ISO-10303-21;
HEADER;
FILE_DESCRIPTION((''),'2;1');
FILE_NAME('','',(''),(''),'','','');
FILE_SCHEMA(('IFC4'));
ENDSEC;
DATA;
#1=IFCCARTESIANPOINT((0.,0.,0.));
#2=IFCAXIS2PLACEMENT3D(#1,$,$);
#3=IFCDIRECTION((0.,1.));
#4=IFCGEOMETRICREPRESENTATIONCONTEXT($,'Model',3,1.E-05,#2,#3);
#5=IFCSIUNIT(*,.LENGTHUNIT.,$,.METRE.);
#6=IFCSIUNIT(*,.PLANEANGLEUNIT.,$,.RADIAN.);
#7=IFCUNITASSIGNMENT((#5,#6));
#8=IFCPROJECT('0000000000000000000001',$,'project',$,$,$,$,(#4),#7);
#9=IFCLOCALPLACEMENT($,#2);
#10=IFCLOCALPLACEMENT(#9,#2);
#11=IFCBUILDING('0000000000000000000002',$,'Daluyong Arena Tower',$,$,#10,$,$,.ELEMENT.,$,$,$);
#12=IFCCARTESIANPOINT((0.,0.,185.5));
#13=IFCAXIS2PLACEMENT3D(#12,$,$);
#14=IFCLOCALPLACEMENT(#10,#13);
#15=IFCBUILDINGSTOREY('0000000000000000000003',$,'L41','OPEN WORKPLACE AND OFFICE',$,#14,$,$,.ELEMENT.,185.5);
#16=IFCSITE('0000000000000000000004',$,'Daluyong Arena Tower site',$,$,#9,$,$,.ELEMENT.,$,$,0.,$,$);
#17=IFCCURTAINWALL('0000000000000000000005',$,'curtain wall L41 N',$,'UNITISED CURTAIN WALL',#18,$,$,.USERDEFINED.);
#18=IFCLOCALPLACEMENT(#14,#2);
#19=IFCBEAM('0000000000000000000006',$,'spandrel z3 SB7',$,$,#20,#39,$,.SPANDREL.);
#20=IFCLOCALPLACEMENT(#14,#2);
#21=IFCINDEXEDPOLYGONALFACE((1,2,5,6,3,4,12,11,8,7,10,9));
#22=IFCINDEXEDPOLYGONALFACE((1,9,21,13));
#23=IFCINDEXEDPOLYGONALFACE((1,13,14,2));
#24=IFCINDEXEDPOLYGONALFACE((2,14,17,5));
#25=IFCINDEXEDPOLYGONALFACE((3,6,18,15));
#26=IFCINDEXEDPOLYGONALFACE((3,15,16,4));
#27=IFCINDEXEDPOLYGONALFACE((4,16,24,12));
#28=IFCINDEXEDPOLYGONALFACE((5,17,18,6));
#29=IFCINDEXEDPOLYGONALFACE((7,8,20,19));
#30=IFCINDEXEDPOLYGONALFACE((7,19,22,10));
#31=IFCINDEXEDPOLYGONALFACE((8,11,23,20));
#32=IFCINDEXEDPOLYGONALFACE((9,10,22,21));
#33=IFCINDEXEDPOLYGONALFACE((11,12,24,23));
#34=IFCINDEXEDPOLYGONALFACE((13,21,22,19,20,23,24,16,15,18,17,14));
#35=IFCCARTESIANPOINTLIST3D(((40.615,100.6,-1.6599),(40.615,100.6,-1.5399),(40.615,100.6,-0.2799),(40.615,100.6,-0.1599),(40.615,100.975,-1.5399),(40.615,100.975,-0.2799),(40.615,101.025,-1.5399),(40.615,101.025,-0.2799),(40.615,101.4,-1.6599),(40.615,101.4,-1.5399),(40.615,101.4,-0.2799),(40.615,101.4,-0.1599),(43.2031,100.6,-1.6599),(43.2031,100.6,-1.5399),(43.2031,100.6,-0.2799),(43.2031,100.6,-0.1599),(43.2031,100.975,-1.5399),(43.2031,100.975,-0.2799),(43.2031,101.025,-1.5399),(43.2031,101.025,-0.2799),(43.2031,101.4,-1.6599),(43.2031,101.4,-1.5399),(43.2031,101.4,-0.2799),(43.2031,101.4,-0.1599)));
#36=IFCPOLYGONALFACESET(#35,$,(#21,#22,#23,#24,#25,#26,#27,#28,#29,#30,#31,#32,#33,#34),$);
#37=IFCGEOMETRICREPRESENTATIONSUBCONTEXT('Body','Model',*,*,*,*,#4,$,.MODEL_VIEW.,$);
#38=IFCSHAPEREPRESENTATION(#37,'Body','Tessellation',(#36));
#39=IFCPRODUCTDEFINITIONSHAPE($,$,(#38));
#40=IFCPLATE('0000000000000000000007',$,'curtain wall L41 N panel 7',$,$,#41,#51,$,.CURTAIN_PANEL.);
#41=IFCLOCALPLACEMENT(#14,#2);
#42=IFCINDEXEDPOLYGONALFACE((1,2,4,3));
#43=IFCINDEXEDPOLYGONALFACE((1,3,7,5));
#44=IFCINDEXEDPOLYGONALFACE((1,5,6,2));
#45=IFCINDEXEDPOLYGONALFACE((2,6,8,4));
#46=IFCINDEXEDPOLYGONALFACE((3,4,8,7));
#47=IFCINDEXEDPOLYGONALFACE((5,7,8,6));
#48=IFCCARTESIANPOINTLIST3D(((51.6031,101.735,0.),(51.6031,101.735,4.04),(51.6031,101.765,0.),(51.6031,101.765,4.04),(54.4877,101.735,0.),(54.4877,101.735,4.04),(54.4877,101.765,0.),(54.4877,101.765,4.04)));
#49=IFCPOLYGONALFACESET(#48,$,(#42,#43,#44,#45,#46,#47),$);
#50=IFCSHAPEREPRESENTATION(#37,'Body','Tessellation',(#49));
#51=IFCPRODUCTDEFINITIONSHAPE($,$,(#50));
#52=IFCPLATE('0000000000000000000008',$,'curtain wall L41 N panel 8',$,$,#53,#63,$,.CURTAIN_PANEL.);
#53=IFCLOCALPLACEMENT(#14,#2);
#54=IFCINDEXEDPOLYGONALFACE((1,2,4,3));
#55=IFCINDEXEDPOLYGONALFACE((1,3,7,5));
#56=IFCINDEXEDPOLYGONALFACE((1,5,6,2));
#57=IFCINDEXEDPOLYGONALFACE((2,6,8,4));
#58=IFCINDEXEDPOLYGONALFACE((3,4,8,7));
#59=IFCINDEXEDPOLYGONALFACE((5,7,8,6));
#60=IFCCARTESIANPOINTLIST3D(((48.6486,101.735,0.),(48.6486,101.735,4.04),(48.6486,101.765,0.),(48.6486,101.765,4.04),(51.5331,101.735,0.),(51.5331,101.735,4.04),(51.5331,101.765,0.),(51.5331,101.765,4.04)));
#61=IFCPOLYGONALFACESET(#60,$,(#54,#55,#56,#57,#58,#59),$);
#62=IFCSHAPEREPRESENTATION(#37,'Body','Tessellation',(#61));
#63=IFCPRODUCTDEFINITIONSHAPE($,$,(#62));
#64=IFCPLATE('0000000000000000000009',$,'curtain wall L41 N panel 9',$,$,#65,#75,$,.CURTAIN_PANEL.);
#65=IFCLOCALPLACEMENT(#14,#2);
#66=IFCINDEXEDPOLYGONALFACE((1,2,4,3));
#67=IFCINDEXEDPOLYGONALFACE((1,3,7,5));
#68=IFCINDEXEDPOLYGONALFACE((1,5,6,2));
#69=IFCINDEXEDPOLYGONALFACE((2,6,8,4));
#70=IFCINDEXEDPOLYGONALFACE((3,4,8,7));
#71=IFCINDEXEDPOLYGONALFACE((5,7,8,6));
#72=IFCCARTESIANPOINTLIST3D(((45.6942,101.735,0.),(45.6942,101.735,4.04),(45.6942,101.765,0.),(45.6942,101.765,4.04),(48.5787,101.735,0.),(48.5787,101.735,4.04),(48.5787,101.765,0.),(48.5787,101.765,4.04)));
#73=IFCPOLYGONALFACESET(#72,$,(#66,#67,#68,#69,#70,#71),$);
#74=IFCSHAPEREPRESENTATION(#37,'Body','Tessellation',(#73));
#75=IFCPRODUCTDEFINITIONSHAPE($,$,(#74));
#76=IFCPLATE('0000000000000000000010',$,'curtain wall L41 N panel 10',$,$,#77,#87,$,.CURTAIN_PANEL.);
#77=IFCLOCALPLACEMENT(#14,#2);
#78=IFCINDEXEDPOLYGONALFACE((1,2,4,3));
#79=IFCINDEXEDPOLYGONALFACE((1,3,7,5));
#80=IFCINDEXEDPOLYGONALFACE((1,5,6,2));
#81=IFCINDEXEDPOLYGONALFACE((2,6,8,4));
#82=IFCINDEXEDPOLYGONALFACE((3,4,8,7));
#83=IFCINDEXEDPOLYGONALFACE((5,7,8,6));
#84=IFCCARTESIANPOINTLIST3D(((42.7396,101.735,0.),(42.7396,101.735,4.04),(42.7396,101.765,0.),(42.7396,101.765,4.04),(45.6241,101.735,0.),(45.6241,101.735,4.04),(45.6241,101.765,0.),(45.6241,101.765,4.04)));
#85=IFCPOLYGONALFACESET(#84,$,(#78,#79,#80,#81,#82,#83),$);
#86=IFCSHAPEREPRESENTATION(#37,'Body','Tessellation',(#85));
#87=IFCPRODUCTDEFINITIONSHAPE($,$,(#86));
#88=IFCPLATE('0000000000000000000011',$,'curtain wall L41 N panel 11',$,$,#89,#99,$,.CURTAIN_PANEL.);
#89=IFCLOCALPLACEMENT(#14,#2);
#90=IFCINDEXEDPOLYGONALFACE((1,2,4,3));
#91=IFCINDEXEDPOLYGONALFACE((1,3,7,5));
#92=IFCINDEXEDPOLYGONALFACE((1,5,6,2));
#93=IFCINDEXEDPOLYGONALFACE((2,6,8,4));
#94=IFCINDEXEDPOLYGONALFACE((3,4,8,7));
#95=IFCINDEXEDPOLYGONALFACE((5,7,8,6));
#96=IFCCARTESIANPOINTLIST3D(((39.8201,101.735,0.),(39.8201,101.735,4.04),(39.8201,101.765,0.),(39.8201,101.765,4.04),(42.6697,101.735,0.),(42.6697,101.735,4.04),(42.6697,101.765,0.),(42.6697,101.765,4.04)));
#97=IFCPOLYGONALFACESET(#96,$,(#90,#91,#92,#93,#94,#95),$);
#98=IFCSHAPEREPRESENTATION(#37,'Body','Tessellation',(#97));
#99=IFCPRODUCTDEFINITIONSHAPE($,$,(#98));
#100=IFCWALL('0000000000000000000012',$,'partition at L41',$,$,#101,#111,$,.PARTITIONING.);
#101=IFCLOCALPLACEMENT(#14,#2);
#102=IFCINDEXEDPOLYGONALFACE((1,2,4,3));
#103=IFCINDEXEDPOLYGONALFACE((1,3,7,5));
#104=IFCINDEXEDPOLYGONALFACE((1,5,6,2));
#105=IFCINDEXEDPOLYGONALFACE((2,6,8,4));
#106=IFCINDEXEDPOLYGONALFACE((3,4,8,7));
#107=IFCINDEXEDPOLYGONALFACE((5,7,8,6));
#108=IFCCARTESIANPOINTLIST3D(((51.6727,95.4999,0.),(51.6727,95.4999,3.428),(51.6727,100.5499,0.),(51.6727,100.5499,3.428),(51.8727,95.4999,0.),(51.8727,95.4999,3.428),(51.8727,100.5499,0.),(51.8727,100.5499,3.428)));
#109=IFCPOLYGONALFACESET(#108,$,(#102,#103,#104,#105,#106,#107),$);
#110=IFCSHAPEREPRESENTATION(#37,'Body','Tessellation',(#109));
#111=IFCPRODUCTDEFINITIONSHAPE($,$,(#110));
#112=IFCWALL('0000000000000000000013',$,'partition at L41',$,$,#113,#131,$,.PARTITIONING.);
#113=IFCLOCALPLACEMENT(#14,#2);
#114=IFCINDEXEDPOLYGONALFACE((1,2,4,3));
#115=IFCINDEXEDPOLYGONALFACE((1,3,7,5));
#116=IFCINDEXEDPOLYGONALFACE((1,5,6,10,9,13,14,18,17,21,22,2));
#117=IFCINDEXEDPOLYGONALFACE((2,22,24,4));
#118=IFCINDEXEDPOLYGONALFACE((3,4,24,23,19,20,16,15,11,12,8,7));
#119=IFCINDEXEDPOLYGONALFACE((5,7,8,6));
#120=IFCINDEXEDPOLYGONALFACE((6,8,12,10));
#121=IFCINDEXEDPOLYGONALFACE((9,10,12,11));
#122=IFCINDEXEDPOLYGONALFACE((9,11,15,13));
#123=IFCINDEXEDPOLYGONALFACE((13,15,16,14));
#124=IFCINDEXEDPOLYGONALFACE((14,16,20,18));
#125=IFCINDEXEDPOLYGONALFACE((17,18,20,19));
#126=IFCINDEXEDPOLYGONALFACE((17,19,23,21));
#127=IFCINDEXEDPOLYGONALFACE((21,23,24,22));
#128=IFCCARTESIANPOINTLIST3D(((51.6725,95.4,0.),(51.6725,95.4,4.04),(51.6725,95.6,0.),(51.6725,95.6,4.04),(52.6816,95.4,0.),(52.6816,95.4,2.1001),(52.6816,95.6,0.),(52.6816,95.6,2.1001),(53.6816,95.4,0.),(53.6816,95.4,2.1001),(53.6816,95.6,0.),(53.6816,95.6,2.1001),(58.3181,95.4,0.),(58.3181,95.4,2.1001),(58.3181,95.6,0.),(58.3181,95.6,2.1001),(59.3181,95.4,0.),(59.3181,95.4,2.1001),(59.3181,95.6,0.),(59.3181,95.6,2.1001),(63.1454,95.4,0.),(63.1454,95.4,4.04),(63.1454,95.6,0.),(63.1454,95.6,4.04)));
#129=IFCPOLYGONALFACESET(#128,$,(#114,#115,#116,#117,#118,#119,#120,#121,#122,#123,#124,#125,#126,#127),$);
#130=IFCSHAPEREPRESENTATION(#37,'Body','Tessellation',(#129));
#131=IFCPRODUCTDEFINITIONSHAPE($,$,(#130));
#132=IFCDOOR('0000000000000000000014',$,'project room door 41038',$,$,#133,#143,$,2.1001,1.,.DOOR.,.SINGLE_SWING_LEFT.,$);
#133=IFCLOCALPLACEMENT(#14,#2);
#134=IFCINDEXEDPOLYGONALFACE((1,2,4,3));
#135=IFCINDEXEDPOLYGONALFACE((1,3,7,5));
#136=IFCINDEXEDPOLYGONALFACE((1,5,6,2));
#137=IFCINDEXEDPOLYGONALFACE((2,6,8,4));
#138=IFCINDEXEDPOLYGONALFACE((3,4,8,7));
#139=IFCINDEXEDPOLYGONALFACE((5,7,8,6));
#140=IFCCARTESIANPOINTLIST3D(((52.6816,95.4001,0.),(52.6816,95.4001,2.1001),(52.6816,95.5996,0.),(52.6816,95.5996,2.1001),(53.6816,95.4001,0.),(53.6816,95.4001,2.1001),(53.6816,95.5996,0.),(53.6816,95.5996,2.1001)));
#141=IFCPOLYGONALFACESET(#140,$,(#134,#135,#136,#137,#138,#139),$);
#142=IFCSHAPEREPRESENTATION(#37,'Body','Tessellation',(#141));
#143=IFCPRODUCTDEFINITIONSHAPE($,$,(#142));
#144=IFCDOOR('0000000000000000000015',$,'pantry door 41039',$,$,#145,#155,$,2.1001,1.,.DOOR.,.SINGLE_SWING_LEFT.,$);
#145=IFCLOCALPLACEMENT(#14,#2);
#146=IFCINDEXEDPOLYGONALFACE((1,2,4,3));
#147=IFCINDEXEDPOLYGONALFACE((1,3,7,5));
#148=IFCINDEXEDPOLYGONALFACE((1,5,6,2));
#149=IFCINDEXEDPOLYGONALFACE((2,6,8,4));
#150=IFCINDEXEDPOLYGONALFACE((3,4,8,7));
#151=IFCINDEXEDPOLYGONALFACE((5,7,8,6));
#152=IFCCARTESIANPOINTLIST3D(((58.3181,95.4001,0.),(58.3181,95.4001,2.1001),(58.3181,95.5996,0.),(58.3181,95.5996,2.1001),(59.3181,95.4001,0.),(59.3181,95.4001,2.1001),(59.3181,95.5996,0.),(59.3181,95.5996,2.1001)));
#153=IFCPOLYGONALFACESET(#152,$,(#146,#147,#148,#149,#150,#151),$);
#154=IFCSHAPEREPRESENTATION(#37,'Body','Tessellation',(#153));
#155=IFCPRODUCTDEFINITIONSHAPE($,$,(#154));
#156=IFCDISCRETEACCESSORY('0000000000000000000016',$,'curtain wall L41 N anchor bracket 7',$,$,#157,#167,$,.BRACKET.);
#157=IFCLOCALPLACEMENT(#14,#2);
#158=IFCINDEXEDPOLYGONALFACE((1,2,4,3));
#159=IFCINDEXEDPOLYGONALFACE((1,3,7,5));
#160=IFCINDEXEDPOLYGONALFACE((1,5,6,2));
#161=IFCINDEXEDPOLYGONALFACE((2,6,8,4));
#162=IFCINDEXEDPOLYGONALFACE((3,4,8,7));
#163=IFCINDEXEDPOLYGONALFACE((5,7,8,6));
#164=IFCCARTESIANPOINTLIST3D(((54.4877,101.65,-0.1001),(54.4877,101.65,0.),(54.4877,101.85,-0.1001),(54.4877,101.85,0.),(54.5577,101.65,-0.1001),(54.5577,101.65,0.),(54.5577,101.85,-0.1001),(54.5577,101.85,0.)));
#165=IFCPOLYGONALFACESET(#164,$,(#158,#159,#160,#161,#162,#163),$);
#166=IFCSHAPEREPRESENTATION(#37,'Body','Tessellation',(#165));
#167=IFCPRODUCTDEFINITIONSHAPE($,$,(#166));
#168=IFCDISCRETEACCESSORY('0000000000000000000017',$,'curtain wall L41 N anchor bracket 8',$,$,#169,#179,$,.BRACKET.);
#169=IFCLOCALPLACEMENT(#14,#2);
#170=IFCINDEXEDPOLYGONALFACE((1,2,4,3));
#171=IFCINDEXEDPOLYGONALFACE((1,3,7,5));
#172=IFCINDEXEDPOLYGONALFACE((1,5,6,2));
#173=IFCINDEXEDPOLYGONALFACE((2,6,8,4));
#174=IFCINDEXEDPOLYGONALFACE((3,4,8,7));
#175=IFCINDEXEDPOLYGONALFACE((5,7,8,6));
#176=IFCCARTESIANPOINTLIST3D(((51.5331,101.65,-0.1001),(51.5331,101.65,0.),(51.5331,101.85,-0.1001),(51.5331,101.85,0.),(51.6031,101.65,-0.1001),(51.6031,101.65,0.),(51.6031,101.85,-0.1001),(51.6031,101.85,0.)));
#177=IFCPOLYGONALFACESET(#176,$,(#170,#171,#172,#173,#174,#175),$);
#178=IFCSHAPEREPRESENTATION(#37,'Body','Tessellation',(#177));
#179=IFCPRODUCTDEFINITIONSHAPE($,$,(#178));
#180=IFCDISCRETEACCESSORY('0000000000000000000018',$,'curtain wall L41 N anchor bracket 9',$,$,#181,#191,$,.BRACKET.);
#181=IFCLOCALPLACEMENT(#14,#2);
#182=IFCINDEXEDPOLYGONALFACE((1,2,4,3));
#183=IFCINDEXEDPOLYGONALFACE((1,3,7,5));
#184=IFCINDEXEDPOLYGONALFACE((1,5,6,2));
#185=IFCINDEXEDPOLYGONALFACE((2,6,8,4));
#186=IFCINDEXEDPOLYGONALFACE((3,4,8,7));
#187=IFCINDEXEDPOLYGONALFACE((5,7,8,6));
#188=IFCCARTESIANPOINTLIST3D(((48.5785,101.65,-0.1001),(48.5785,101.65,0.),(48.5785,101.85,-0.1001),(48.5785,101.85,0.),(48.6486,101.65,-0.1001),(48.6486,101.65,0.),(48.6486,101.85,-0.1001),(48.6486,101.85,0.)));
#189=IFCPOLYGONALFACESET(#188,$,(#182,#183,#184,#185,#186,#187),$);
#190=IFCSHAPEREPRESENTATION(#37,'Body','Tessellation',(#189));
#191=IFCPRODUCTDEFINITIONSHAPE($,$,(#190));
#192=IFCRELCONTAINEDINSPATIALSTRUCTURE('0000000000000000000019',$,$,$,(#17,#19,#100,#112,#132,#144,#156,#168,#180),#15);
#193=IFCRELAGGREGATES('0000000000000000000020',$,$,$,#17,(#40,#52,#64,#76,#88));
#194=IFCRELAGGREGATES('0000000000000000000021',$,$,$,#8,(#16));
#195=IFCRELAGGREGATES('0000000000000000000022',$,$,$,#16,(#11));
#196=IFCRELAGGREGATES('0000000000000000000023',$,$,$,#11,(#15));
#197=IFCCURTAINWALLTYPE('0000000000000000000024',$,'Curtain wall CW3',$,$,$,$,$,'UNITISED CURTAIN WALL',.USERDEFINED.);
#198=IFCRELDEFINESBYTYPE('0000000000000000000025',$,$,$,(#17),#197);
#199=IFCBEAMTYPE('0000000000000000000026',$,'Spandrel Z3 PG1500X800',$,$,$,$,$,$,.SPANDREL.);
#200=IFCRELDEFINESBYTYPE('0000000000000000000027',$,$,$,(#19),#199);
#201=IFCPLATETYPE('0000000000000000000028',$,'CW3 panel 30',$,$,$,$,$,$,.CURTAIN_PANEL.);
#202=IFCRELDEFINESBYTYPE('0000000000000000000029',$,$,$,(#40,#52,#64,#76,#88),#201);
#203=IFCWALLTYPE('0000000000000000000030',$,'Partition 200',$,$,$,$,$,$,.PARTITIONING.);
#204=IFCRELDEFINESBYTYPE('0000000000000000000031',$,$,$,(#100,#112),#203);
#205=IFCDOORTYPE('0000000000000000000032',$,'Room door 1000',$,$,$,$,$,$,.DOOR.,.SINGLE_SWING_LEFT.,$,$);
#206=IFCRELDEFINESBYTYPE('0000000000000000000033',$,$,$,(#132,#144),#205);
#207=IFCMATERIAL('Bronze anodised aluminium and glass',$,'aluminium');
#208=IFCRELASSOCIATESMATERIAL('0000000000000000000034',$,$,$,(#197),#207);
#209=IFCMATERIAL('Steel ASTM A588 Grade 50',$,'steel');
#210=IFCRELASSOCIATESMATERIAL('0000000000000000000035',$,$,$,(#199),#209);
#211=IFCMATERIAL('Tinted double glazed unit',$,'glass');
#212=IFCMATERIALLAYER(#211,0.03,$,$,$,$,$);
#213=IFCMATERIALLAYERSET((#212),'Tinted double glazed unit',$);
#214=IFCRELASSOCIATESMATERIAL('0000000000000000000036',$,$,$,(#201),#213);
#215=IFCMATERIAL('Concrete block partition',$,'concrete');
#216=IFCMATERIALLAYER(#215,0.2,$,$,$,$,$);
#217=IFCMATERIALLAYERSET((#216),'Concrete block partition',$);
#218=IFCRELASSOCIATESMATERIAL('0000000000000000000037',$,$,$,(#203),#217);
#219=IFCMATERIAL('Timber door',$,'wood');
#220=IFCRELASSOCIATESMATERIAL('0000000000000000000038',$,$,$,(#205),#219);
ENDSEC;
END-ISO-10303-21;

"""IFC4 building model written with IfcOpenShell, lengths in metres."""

from ifc_helpers import new_model, si_unit, direction, frame, frame_2d, origin, origin_2d, place, context, subcontext, project, spatial, rectangle, i_section, extrude, material, layer, layer_set, material_profile, profile_set, type_object, element, fill, aggregate, save


model = new_model("IFC4")

# Units and contexts
model_context = context("Model", 3, precision=1e-05, world=origin(), true_north=direction((0.0, 1.0)))
body_context = subcontext(model_context, "Body", "Model", "MODEL_VIEW")
ifc_project = project(units=[si_unit("LENGTHUNIT", "METRE"), si_unit("PLANEANGLEUNIT", "RADIAN")], contexts=[model_context])

# Site, building, storey
site_placement = place(None, origin())
site = spatial("IfcSite", under=ifc_project, at=site_placement, Name="Daluyong Arena Tower site", CompositionType="ELEMENT", RefElevation=0.0)
building_placement = place(site_placement, origin())
building = spatial("IfcBuilding", under=site, at=building_placement, Name="Daluyong Arena Tower", CompositionType="ELEMENT")
storey_placement = place(building_placement, frame((0.0, 0.0, 185.5)))
storey = spatial("IfcBuildingStorey", under=building, at=storey_placement, Name="L41", Description="OPEN WORKPLACE AND OFFICE", CompositionType="ELEMENT", Elevation=185.5)

# Curtain wall
ifc_material_1 = material(Name="Bronze anodised aluminium and glass", Category="aluminium")
curtain_wall_type = type_object("IfcCurtainWallType", Name="Curtain wall CW3", ElementType="UNITISED CURTAIN WALL", PredefinedType="USERDEFINED", material=ifc_material_1)
curtain_wall_placement = place(storey_placement, origin())
curtain_wall = element("IfcCurtainWall", 1, at=curtain_wall_placement, inside=storey, type_object=curtain_wall_type, Name="curtain wall L41 N", ObjectType="UNITISED CURTAIN WALL", PredefinedType="USERDEFINED")

# Beam
ifc_material_2 = material(Name="Steel ASTM A588 Grade 50", Category="steel")
ifc_material_profile_1 = material_profile(ifc_material_2, i_section(OverallWidth=0.8, OverallDepth=1.5, WebThickness=0.05, FlangeThickness=0.12, at=origin_2d()))
ifc_profile_set_1 = profile_set([ifc_material_profile_1], Name="Steel ASTM A588 Grade 50")
beam_type_1 = type_object("IfcBeamType", Name="Spandrel Z3 PG1500X800", PredefinedType="SPANDREL", material=ifc_profile_set_1)
beam_1_placement = place(storey_placement, frame((43.2031, 101.0, -0.9099), z_axis=(-1.0, 0.0, 0.0), x_axis=(0.0, -1.0, 0.0)))
element("IfcBeam", 2, at=beam_1_placement, inside=storey, type_object=beam_type_1, Name="spandrel z3 SB7", PredefinedType="SPANDREL", context=body_context, shape_type="SweptSolid", body=[
    extrude(i_section(OverallWidth=0.8, OverallDepth=1.5, WebThickness=0.05, FlangeThickness=0.12, at=origin_2d()), origin(), (0.0, 0.0, 1.0), 2.5881),
])

# Plates
ifc_material_3 = material(Name="Tinted double glazed unit", Category="glass")
ifc_layer_1 = layer(ifc_material_3, 0.03)
ifc_layer_set_1 = layer_set([ifc_layer_1], Name="Tinted double glazed unit")
plate_type = type_object("IfcPlateType", Name="CW3 panel 30", PredefinedType="CURTAIN_PANEL", material=ifc_layer_set_1)
plate_1_placement = place(storey_placement, frame((53.0454, 101.75, 0.0), z_axis=(0.0, 0.0, 1.0), x_axis=(-1.0, 0.0, 0.0)))
plate_1 = element("IfcPlate", 3, at=plate_1_placement, type_object=plate_type, Name="curtain wall L41 N panel 7", PredefinedType="CURTAIN_PANEL", context=body_context, shape_type="SweptSolid", body=[
    extrude(rectangle(XDim=2.8845, YDim=0.03, at=origin_2d()), origin(), (0.0, 0.0, 1.0), 4.04),
])
plate_2_placement = place(storey_placement, frame((50.0908, 101.75, 0.0), z_axis=(0.0, 0.0, 1.0), x_axis=(-1.0, 0.0, 0.0)))
plate_2 = element("IfcPlate", 4, at=plate_2_placement, type_object=plate_type, Name="curtain wall L41 N panel 8", PredefinedType="CURTAIN_PANEL", context=body_context, shape_type="SweptSolid", body=[
    extrude(rectangle(XDim=2.8845, YDim=0.03, at=origin_2d()), origin(), (0.0, 0.0, 1.0), 4.04),
])
plate_3_placement = place(storey_placement, frame((47.1365, 101.75, 0.0), z_axis=(0.0, 0.0, 1.0), x_axis=(-1.0, 0.0, 0.0)))
plate_3 = element("IfcPlate", 5, at=plate_3_placement, type_object=plate_type, Name="curtain wall L41 N panel 9", PredefinedType="CURTAIN_PANEL", context=body_context, shape_type="SweptSolid", body=[
    extrude(rectangle(XDim=2.8845, YDim=0.03, at=origin_2d()), origin(), (0.0, 0.0, 1.0), 4.04),
])
plate_4_placement = place(storey_placement, frame((44.1819, 101.75, 0.0), z_axis=(0.0, 0.0, 1.0), x_axis=(-1.0, 0.0, 0.0)))
plate_4 = element("IfcPlate", 6, at=plate_4_placement, type_object=plate_type, Name="curtain wall L41 N panel 10", PredefinedType="CURTAIN_PANEL", context=body_context, shape_type="SweptSolid", body=[
    extrude(rectangle(XDim=2.8845, YDim=0.03, at=origin_2d()), origin(), (0.0, 0.0, 1.0), 4.04),
])
plate_5_placement = place(storey_placement, frame((41.2449, 101.75, 0.0), z_axis=(0.0, 0.0, 1.0), x_axis=(-1.0, 0.0, 0.0)))
plate_5 = element("IfcPlate", 7, at=plate_5_placement, type_object=plate_type, Name="curtain wall L41 N panel 11", PredefinedType="CURTAIN_PANEL", context=body_context, shape_type="SweptSolid", body=[
    extrude(rectangle(XDim=2.8496, YDim=0.03, at=origin_2d()), origin(), (0.0, 0.0, 1.0), 4.04),
])
aggregate(curtain_wall, [plate_1, plate_2, plate_3, plate_4, plate_5])

# Wall
ifc_material_4 = material(Name="Concrete block partition", Category="concrete")
ifc_layer_2 = layer(ifc_material_4, 0.2)
ifc_layer_set_2 = layer_set([ifc_layer_2], Name="Concrete block partition")
wall_type = type_object("IfcWallType", Name="Partition 200", PredefinedType="PARTITIONING", material=ifc_layer_set_2)
wall_1_placement = place(storey_placement, frame((51.7727, 95.5, 0.0), z_axis=(0.0, 0.0, 1.0), x_axis=(0.0, 1.0, 0.0)))
element("IfcWall", 8, at=wall_1_placement, inside=storey, type_object=wall_type, Name="partition at L41", PredefinedType="PARTITIONING", context=body_context, shape_type="SweptSolid", body=[
    extrude(rectangle(XDim=5.05, YDim=0.2, at=frame_2d((2.5249, 0.0))), origin(), (0.0, 0.0, 1.0), 3.428),
])

# Wall, openings, doors
wall_2_placement = place(storey_placement, frame((51.6726, 95.5, 0.0), z_axis=(0.0, 0.0, 1.0), x_axis=(1.0, 0.0, 0.0)))
wall_2 = element("IfcWall", 9, at=wall_2_placement, inside=storey, type_object=wall_type, Name="partition at L41", PredefinedType="PARTITIONING", context=body_context, shape_type="SweptSolid", body=[
    extrude(rectangle(XDim=11.4729, YDim=0.2, at=frame_2d((5.7363, 0.0))), origin(), (0.0, 0.0, 1.0), 4.04),
])
opening_1_placement = place(wall_2_placement, frame((1.009, 0.0, 0.0)))
opening_1 = element("IfcOpeningElement", 10, at=opening_1_placement, cuts=wall_2, PredefinedType="OPENING", context=body_context, shape_type="SweptSolid", body=[
    extrude(rectangle(XDim=1.0, YDim=2.1001, at=frame_2d((0.5, 1.05))), frame((0.0, 0.1099, 0.0), z_axis=(0.0, -1.0, 0.0), x_axis=(1.0, 0.0, 0.0)), (0.0, 0.0, 1.0), 0.22),
])
opening_2_placement = place(wall_2_placement, frame((6.6455, 0.0, 0.0)))
opening_2 = element("IfcOpeningElement", 11, at=opening_2_placement, cuts=wall_2, PredefinedType="OPENING", context=body_context, shape_type="SweptSolid", body=[
    extrude(rectangle(XDim=1.0, YDim=2.1001, at=frame_2d((0.5, 1.05))), frame((0.0, 0.1099, 0.0), z_axis=(0.0, -1.0, 0.0), x_axis=(1.0, 0.0, 0.0)), (0.0, 0.0, 1.0), 0.22),
])
ifc_material_5 = material(Name="Timber door", Category="wood")
door_type = type_object("IfcDoorType", Name="Room door 1000", OperationType="SINGLE_SWING_LEFT", PredefinedType="DOOR", material=ifc_material_5)
door_1_placement = place(opening_1_placement, origin())
door_1 = element("IfcDoor", 12, at=door_1_placement, inside=storey, type_object=door_type, Name="project room door 41038", OperationType="SINGLE_SWING_LEFT", OverallHeight=2.1001, OverallWidth=1.0, PredefinedType="DOOR", context=body_context, shape_type="SweptSolid", body=[
    extrude(rectangle(XDim=1.0, YDim=2.1001, at=frame_2d((0.5, 1.05))), frame((0.0, 0.0996, 0.0), z_axis=(0.0, -1.0, 0.0), x_axis=(1.0, 0.0, 0.0)), (0.0, 0.0, 1.0), 0.1995),
])
fill(opening_1, door_1)
door_2_placement = place(opening_2_placement, origin())
door_2 = element("IfcDoor", 13, at=door_2_placement, inside=storey, type_object=door_type, Name="pantry door 41039", OperationType="SINGLE_SWING_LEFT", OverallHeight=2.1001, OverallWidth=1.0, PredefinedType="DOOR", context=body_context, shape_type="SweptSolid", body=[
    extrude(rectangle(XDim=1.0, YDim=2.1001, at=frame_2d((0.5, 1.05))), frame((0.0, 0.0996, 0.0), z_axis=(0.0, -1.0, 0.0), x_axis=(1.0, 0.0, 0.0)), (0.0, 0.0, 1.0), 0.1995),
])
fill(opening_2, door_2)

# Discrete accessories
for number, where, z_axis, x_axis, name in (
    (14, (54.5227, 101.75, -0.1001), (0.0, 0.0, 1.0), (-1.0, 0.0, 0.0), "curtain wall L41 N anchor bracket 7"),
    (15, (51.5681, 101.75, -0.1001), (0.0, 0.0, 1.0), (-1.0, 0.0, 0.0), "curtain wall L41 N anchor bracket 8"),
    (16, (48.6135, 101.75, -0.1001), (0.0, 0.0, 1.0), (-1.0, 0.0, 0.0), "curtain wall L41 N anchor bracket 9"),
):
    element("IfcDiscreteAccessory", number, at=place(storey_placement, frame(where, z_axis=z_axis, x_axis=x_axis)), inside=storey, Name=name, PredefinedType="BRACKET", context=body_context, shape_type="SweptSolid", body=[
        extrude(rectangle(XDim=0.0701, YDim=0.2, at=origin_2d()), origin(), (0.0, 0.0, 1.0), 0.1001),
    ])

save(model, "model.ifc")
